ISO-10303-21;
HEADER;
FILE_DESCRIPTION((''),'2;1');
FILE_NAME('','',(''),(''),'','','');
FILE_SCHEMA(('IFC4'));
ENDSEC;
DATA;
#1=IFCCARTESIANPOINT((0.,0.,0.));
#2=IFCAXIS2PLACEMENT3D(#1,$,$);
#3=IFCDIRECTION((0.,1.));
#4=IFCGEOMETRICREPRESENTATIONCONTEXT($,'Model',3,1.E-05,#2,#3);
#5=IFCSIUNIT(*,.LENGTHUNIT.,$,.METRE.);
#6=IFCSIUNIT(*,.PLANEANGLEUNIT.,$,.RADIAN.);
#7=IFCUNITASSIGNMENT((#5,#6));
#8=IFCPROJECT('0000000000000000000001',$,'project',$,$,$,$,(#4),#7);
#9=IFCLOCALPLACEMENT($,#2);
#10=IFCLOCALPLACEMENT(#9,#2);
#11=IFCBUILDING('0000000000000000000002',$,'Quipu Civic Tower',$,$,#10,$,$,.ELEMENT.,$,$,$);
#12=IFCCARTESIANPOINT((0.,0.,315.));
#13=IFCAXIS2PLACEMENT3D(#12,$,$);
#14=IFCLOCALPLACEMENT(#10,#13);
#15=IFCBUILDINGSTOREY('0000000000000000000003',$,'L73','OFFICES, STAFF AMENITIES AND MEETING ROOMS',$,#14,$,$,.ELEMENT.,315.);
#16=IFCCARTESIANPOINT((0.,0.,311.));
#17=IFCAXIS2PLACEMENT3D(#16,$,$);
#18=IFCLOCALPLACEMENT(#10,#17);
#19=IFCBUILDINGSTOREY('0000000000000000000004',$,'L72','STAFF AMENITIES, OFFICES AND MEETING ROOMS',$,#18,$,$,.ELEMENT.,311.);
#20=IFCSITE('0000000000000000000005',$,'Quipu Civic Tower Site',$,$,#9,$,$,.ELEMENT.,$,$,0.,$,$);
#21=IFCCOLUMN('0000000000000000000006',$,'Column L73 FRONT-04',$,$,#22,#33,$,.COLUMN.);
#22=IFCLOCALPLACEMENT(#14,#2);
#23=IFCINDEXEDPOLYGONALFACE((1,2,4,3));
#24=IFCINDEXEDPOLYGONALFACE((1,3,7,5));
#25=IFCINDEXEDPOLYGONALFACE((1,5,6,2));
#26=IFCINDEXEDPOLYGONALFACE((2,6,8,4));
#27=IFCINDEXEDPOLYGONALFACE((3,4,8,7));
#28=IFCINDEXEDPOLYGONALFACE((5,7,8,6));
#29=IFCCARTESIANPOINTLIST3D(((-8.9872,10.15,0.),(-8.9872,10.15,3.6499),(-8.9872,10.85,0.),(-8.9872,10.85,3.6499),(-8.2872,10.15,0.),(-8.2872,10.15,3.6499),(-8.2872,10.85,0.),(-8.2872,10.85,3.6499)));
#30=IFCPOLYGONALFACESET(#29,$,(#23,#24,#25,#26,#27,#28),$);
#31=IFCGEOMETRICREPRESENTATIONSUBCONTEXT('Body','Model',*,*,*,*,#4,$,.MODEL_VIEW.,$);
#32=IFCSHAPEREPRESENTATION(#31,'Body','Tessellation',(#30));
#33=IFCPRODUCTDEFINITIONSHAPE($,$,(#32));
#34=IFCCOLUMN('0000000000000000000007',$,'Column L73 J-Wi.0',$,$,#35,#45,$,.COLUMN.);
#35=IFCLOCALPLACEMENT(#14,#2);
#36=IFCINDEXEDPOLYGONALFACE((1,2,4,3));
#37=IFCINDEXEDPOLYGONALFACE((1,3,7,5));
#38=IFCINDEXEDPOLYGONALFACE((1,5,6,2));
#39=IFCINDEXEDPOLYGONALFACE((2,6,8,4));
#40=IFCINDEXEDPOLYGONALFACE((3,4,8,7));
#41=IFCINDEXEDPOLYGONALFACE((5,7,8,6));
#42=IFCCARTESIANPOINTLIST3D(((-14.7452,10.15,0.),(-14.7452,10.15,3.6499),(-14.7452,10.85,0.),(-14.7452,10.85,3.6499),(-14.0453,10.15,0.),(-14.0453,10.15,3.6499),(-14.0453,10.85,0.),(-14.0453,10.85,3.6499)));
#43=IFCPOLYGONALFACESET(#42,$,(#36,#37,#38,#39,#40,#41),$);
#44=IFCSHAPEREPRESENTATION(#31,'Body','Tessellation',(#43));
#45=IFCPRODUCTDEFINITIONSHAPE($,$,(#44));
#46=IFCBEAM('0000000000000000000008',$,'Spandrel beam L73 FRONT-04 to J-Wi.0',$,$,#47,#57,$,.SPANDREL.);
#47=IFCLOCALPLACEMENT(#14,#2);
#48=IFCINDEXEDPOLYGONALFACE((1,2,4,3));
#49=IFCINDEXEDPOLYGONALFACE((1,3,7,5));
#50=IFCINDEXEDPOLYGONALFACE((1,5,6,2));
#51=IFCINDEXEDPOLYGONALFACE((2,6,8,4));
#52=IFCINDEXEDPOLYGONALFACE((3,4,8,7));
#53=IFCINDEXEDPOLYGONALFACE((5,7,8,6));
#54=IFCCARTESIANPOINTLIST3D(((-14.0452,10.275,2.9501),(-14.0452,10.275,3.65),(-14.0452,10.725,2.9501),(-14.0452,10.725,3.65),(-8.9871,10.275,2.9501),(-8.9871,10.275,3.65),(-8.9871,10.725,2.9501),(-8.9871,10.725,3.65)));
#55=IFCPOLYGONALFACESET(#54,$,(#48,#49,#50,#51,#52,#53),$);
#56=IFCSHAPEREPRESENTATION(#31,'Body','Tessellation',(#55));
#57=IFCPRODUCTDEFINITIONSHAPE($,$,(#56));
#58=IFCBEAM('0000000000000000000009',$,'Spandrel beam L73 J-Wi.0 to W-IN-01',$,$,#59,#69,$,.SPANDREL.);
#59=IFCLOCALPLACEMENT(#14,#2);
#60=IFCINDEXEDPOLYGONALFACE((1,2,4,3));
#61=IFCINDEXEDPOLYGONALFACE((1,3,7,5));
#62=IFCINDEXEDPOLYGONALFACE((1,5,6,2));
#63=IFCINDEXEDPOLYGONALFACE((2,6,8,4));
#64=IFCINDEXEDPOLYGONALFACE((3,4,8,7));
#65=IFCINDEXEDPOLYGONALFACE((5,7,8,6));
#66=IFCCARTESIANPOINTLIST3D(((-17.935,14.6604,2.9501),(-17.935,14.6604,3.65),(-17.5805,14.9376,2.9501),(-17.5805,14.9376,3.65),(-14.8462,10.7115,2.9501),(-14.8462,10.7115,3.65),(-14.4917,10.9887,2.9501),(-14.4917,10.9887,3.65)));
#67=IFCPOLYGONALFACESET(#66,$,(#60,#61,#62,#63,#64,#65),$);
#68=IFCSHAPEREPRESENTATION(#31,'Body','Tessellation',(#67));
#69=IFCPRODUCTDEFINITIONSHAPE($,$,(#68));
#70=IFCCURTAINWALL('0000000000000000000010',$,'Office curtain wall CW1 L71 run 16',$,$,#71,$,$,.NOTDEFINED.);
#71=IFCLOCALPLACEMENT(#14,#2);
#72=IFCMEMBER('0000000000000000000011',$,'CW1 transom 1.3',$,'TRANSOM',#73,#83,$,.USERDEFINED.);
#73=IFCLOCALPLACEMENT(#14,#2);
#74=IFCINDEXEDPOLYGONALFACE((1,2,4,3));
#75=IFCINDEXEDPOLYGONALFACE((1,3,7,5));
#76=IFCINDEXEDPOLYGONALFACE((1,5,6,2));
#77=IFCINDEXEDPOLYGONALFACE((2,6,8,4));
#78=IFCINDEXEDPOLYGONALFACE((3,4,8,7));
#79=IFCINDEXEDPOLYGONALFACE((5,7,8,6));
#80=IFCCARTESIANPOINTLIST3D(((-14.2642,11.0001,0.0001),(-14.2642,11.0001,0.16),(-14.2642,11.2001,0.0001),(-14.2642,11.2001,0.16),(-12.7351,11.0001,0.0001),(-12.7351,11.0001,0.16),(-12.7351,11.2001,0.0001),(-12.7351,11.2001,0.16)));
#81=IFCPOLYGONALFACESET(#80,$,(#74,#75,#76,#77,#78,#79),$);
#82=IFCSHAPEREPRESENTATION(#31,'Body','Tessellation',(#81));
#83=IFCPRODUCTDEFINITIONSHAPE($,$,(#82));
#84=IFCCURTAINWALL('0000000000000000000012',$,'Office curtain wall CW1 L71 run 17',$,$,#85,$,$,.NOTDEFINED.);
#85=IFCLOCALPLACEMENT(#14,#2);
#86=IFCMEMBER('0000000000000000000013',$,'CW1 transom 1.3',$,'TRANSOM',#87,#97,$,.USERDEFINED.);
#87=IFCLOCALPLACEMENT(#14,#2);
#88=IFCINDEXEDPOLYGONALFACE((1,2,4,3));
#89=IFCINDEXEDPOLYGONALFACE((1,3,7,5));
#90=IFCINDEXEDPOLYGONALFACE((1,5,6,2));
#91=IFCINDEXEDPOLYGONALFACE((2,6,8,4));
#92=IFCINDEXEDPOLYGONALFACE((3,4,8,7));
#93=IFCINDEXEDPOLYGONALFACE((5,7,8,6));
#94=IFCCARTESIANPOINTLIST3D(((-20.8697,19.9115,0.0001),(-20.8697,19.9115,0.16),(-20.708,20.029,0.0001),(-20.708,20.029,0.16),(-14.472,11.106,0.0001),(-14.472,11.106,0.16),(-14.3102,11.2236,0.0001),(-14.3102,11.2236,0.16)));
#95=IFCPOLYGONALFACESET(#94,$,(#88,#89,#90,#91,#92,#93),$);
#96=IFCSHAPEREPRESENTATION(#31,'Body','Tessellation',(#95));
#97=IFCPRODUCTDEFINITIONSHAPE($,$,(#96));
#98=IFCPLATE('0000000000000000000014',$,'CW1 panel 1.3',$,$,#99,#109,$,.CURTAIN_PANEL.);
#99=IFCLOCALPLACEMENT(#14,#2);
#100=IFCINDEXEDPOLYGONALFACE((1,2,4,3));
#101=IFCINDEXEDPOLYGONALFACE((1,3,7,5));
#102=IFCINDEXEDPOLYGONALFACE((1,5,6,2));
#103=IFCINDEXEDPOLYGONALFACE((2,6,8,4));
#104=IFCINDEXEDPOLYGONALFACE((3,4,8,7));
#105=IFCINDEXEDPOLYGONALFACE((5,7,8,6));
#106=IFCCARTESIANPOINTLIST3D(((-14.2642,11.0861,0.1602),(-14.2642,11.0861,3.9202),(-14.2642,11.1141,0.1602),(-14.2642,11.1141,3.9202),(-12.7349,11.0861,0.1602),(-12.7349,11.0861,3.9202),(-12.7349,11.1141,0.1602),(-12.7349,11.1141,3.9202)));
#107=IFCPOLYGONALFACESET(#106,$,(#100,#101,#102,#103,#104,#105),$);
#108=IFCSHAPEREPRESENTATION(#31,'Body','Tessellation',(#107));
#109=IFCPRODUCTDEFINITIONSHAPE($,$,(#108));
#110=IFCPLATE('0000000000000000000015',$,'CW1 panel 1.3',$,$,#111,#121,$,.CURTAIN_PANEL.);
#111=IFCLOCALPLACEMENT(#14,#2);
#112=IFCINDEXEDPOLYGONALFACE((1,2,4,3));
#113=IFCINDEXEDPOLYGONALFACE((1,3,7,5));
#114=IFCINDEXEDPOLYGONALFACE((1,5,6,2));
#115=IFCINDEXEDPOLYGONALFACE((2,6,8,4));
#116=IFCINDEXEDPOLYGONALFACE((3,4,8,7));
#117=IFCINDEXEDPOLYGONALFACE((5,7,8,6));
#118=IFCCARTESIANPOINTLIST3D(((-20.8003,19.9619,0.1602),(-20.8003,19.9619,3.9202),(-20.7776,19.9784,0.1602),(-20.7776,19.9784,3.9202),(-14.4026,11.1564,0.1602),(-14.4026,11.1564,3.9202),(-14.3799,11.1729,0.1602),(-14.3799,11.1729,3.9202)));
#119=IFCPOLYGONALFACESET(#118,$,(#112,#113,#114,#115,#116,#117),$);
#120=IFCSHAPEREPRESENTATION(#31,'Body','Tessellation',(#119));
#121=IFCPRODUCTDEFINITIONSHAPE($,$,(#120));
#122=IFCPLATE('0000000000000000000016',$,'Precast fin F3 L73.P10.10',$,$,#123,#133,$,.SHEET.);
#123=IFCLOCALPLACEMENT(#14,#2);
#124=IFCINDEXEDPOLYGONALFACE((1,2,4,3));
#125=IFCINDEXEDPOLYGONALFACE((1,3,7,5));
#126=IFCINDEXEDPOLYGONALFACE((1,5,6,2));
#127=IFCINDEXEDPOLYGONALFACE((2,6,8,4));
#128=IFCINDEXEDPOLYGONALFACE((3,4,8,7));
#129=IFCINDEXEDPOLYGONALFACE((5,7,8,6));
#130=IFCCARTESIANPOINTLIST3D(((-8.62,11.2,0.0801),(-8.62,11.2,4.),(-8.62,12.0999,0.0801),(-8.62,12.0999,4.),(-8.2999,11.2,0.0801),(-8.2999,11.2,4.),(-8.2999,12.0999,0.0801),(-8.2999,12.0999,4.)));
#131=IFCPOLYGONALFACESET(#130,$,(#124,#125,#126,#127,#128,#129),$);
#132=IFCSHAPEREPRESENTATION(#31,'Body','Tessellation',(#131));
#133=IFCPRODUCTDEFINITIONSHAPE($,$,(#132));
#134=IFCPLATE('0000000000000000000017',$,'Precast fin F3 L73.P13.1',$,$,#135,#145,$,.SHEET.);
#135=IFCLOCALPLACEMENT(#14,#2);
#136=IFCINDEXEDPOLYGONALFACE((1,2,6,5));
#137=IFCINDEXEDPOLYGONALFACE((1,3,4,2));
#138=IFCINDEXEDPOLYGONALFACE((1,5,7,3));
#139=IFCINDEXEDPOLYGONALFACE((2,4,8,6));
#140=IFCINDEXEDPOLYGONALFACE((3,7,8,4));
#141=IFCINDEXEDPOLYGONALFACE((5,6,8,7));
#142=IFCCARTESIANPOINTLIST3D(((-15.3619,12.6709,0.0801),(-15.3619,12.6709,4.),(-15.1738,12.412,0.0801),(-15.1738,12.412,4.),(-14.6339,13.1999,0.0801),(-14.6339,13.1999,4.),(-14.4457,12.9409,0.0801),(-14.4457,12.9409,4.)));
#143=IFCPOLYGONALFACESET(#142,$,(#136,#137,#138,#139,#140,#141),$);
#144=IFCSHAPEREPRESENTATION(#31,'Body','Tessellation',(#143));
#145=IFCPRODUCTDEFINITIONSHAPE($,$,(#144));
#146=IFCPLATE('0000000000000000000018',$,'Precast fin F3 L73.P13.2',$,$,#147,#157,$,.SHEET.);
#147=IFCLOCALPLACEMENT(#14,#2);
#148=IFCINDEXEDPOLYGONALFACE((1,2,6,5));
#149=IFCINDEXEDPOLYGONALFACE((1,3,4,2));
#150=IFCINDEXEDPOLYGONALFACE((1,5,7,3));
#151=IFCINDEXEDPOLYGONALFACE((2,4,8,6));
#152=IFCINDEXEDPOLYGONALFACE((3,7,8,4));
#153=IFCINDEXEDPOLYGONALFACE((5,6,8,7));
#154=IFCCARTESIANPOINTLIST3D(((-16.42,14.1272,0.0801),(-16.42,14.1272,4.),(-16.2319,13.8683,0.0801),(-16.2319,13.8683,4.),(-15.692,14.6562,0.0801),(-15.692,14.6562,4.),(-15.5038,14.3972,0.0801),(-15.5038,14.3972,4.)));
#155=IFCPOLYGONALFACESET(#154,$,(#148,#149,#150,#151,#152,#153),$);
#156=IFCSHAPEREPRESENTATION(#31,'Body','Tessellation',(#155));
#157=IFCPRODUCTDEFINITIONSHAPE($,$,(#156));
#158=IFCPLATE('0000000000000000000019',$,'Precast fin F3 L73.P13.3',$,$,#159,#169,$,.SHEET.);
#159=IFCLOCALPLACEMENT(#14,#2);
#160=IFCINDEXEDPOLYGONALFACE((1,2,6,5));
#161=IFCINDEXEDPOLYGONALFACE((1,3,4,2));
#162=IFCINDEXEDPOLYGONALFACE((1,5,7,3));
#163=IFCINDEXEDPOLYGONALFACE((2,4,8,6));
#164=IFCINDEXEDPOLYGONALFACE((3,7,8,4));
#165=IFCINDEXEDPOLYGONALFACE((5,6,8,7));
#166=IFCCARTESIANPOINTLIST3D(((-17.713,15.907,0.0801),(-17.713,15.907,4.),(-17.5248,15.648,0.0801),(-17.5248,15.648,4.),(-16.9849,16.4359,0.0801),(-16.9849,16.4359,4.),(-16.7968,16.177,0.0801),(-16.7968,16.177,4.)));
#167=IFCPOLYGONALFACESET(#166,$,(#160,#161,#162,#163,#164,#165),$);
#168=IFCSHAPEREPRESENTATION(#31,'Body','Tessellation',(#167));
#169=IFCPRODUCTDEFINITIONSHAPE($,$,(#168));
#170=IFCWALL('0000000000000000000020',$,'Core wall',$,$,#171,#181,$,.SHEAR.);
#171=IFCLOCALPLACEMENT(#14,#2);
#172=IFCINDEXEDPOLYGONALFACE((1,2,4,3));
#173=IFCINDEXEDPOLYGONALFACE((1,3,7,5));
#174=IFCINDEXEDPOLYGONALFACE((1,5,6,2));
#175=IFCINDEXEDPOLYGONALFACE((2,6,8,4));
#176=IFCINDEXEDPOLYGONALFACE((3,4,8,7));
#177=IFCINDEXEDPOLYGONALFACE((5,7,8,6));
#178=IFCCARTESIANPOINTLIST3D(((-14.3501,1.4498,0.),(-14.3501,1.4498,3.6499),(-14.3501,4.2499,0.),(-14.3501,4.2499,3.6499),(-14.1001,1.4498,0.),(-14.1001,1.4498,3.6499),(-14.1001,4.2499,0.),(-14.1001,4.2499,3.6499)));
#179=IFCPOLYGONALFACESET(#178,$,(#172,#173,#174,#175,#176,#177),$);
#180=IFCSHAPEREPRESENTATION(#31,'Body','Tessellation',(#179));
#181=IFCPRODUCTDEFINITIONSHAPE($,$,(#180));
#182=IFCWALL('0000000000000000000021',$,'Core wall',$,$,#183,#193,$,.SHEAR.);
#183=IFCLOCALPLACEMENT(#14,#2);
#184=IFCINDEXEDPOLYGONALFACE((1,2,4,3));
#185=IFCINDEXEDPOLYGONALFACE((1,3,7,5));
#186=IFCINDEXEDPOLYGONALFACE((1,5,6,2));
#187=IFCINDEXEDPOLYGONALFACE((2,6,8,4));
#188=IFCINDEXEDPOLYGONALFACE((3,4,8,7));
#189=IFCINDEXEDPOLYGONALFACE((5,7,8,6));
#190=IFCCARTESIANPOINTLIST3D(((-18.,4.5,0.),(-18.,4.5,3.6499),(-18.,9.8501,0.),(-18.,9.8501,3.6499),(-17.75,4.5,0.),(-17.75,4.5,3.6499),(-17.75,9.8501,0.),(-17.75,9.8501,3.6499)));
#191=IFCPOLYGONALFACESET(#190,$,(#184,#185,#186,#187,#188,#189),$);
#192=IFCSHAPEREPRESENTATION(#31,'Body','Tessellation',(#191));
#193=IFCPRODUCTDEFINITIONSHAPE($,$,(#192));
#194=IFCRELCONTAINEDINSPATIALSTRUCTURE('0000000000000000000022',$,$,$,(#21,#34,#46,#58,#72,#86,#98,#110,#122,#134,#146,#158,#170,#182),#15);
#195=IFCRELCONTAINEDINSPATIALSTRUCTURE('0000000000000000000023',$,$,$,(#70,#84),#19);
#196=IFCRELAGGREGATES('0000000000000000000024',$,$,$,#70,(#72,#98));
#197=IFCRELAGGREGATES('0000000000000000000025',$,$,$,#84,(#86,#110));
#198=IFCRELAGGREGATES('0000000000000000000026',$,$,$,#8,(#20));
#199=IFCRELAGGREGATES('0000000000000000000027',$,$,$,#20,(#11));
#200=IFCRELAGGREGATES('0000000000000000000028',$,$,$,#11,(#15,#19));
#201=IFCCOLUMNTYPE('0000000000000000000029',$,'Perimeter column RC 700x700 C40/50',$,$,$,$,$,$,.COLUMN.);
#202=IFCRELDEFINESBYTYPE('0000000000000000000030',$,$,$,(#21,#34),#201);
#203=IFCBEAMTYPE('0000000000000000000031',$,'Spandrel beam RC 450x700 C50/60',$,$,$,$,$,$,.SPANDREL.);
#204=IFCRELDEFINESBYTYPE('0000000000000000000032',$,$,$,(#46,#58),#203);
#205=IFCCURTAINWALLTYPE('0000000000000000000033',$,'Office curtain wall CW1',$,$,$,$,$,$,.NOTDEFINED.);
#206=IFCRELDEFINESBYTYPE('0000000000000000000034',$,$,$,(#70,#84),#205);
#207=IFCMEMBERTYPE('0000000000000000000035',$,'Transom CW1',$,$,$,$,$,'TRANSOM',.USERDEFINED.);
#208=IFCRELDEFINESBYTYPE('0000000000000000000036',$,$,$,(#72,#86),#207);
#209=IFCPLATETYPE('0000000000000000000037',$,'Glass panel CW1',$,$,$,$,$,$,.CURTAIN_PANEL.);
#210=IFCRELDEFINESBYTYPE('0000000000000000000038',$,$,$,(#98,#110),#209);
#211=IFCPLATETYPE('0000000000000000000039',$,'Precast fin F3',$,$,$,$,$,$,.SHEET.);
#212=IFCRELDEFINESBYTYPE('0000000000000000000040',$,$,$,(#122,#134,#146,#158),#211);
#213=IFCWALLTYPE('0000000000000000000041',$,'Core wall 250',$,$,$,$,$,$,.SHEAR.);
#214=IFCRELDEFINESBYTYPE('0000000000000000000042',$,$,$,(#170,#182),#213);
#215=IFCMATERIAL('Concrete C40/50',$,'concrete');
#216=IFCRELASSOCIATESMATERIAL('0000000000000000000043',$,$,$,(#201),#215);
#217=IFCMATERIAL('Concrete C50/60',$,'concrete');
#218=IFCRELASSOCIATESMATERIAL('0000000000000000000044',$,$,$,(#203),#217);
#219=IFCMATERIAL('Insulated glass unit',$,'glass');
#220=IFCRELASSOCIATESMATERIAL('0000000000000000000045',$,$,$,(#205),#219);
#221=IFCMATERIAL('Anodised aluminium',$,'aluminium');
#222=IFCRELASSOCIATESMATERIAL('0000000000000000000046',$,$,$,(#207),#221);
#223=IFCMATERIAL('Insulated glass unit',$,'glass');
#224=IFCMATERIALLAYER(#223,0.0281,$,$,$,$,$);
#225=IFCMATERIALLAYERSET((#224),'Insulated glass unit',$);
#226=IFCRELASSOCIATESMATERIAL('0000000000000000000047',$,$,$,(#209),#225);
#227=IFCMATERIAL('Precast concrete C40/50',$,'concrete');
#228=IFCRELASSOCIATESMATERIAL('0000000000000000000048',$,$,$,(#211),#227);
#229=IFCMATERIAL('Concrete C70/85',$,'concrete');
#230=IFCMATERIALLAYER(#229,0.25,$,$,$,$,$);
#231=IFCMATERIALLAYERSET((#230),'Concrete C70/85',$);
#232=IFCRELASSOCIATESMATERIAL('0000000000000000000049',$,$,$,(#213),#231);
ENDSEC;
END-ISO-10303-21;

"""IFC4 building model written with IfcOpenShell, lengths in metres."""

from ifc_helpers import new_model, si_unit, direction, frame, frame_2d, origin, origin_2d, place, context, subcontext, project, spatial, rectangle, extrude, material, layer, layer_set, material_profile, profile_set, type_object, element, aggregate, save


model = new_model("IFC4")

# Units and contexts
model_context = context("Model", 3, precision=1e-05, world=origin(), true_north=direction((0.0, 1.0)))
body_context = subcontext(model_context, "Body", "Model", "MODEL_VIEW")
ifc_project = project(units=[si_unit("LENGTHUNIT", "METRE"), si_unit("PLANEANGLEUNIT", "RADIAN")], contexts=[model_context])

# Site, building, storey
site_placement = place(None, origin())
site = spatial("IfcSite", under=ifc_project, at=site_placement, Name="Quipu Civic Tower Site", CompositionType="ELEMENT", RefElevation=0.0)
building_placement = place(site_placement, origin())
building = spatial("IfcBuilding", under=site, at=building_placement, Name="Quipu Civic Tower", CompositionType="ELEMENT")
storey_1_placement = place(building_placement, frame((0.0, 0.0, 315.0)))
storey_1 = spatial("IfcBuildingStorey", under=building, at=storey_1_placement, Name="L73", Description="OFFICES, STAFF AMENITIES AND MEETING ROOMS", CompositionType="ELEMENT", Elevation=315.0)

# Columns
ifc_material_1 = material(Name="Concrete C40/50", Category="concrete")
ifc_material_profile_1 = material_profile(ifc_material_1, rectangle(XDim=0.7, YDim=0.7, at=origin_2d()), Name="RC700x700")
ifc_profile_set_1 = profile_set([ifc_material_profile_1], Name="Concrete C40/50")
column_type = type_object("IfcColumnType", Name="Perimeter column RC 700x700 C40/50", PredefinedType="COLUMN", material=ifc_profile_set_1)
for number, where, z_axis, x_axis, name in (
    (1, (-8.6372, 10.5, 0.0), (0.0, 0.0, 1.0), (-1.0, 0.0, 0.0), "Column L73 FRONT-04"),
    (2, (-14.3953, 10.5, 0.0), (0.0, 0.0, 1.0), (-1.0, 0.0, 0.0), "Column L73 J-Wi.0"),
):
    element("IfcColumn", number, at=place(storey_1_placement, frame(where, z_axis=z_axis, x_axis=x_axis)), inside=storey_1, type_object=column_type, Name=name, PredefinedType="COLUMN", context=body_context, shape_type="SweptSolid", body=[
        extrude(rectangle(XDim=0.7, YDim=0.7, at=origin_2d()), origin(), (0.0, 0.0, 1.0), 3.6499),
    ])

# Beams
ifc_material_2 = material(Name="Concrete C50/60", Category="concrete")
ifc_material_profile_2 = material_profile(ifc_material_2, rectangle(XDim=0.45, YDim=0.7, at=origin_2d()), Name="RC450x700")
ifc_profile_set_2 = profile_set([ifc_material_profile_2], Name="Concrete C50/60")
beam_type = type_object("IfcBeamType", Name="Spandrel beam RC 450x700 C50/60", PredefinedType="SPANDREL", material=ifc_profile_set_2)
beam_1_placement = place(storey_1_placement, frame((-8.9871, 10.5, 3.3), z_axis=(-1.0, 0.0, 0.0), x_axis=(0.0, -1.0, 0.0)))
element("IfcBeam", 3, at=beam_1_placement, inside=storey_1, type_object=beam_type, Name="Spandrel beam L73 FRONT-04 to J-Wi.0", PredefinedType="SPANDREL", context=body_context, shape_type="SweptSolid", body=[
    extrude(rectangle(XDim=0.45, YDim=0.7, at=origin_2d()), origin(), (0.0, 0.0, 1.0), 5.0581),
])
beam_2_placement = place(storey_1_placement, frame((-14.6689, 10.8501, 3.3), z_axis=(-0.616106, 0.787663, 0.0), x_axis=(-0.787663, -0.616106, 0.0)))
element("IfcBeam", 4, at=beam_2_placement, inside=storey_1, type_object=beam_type, Name="Spandrel beam L73 J-Wi.0 to W-IN-01", PredefinedType="SPANDREL", context=body_context, shape_type="SweptSolid", body=[
    extrude(rectangle(XDim=0.45, YDim=0.7, at=origin_2d()), origin(), (0.0, 0.0, 1.0), 5.0134),
])

# Shared definitions
storey_2_placement = place(building_placement, frame((0.0, 0.0, 311.0)))
storey_2 = spatial("IfcBuildingStorey", under=building, at=storey_2_placement, Name="L72", Description="STAFF AMENITIES, OFFICES AND MEETING ROOMS", CompositionType="ELEMENT", Elevation=311.0)

# Curtain walls, members
ifc_material_3 = material(Name="Insulated glass unit", Category="glass")
curtain_wall_type = type_object("IfcCurtainWallType", Name="Office curtain wall CW1", PredefinedType="NOTDEFINED", material=ifc_material_3)
curtain_wall_1_placement = place(storey_2_placement, origin())
curtain_wall_1 = element("IfcCurtainWall", 5, at=curtain_wall_1_placement, inside=storey_2, type_object=curtain_wall_type, Name="Office curtain wall CW1 L71 run 16", PredefinedType="NOTDEFINED")
ifc_material_4 = material(Name="Anodised aluminium", Category="aluminium")
ifc_material_profile_3 = material_profile(ifc_material_4, rectangle(XDim=0.2, YDim=0.1599, at=origin_2d()), Name="RECT 200x160")
ifc_profile_set_3 = profile_set([ifc_material_profile_3], Name="Anodised aluminium")
member_type = type_object("IfcMemberType", Name="Transom CW1", ElementType="TRANSOM", PredefinedType="USERDEFINED", material=ifc_profile_set_3)
member_1_placement = place(storey_1_placement, frame((-12.7351, 11.1001, 0.0801), z_axis=(-1.0, 0.0, 0.0), x_axis=(0.0, -1.0, 0.0)))
member_1 = element("IfcMember", 6, at=member_1_placement, inside=storey_1, type_object=member_type, Name="CW1 transom 1.3", ObjectType="TRANSOM", PredefinedType="USERDEFINED", context=body_context, shape_type="SweptSolid", body=[
    extrude(rectangle(XDim=0.2, YDim=0.1599, at=origin_2d()), origin(), (0.0, 0.0, 1.0), 1.5291),
])
curtain_wall_2_placement = place(storey_2_placement, origin())
curtain_wall_2 = element("IfcCurtainWall", 7, at=curtain_wall_2_placement, inside=storey_2, type_object=curtain_wall_type, Name="Office curtain wall CW1 L71 run 17", PredefinedType="NOTDEFINED")
member_2_placement = place(storey_1_placement, frame((-14.3911, 11.1648, 0.0801), z_axis=(-0.587797, 0.809009, 0.0), x_axis=(-0.809009, -0.587797, 0.0)))
member_2 = element("IfcMember", 8, at=member_2_placement, inside=storey_1, type_object=member_type, Name="CW1 transom 1.3", ObjectType="TRANSOM", PredefinedType="USERDEFINED", context=body_context, shape_type="SweptSolid", body=[
    extrude(rectangle(XDim=0.2, YDim=0.1599, at=origin_2d()), origin(), (0.0, 0.0, 1.0), 10.8843),
])

# Plates
ifc_material_5 = material(Name="Insulated glass unit", Category="glass")
ifc_layer_1 = layer(ifc_material_5, 0.0281)
ifc_layer_set_1 = layer_set([ifc_layer_1], Name="Insulated glass unit")
plate_type_1 = type_object("IfcPlateType", Name="Glass panel CW1", PredefinedType="CURTAIN_PANEL", material=ifc_layer_set_1)
plate_1_placement = place(storey_1_placement, frame((-13.4995, 11.1001, 0.1602), z_axis=(0.0, 0.0, 1.0), x_axis=(-1.0, 0.0, 0.0)))
plate_1 = element("IfcPlate", 9, at=plate_1_placement, inside=storey_1, type_object=plate_type_1, Name="CW1 panel 1.3", PredefinedType="CURTAIN_PANEL", context=body_context, shape_type="SweptSolid", body=[
    extrude(rectangle(XDim=1.5293, YDim=0.0281, at=origin_2d()), origin(), (0.0, 0.0, 1.0), 3.76),
])
aggregate(curtain_wall_1, [member_1, plate_1])
plate_2_placement = place(storey_1_placement, frame((-17.5901, 15.5674, 0.1602), z_axis=(0.0, 0.0, 1.0), x_axis=(-0.587788, 0.809015, 0.0)))
plate_2 = element("IfcPlate", 10, at=plate_2_placement, inside=storey_1, type_object=plate_type_1, Name="CW1 panel 1.3", PredefinedType="CURTAIN_PANEL", context=body_context, shape_type="SweptSolid", body=[
    extrude(rectangle(XDim=10.8843, YDim=0.0281, at=origin_2d()), origin(), (0.0, 0.0, 1.0), 3.76),
])
aggregate(curtain_wall_2, [member_2, plate_2])

# Plates
ifc_material_6 = material(Name="Precast concrete C40/50", Category="concrete")
plate_type_2 = type_object("IfcPlateType", Name="Precast fin F3", PredefinedType="SHEET", material=ifc_material_6)
for number, where, z_axis, x_axis, name in (
    (11, (-8.46, 11.6499, 0.0801), (0.0, 0.0, 1.0), (-1.0, 0.0, 0.0), "Precast fin F3 L73.P10.10"),
    (12, (-14.9038, 12.8059, 0.0801), (0.0, 0.0, 1.0), (-0.587784, 0.809018, 0.0), "Precast fin F3 L73.P13.1"),
    (13, (-15.9619, 14.2622, 0.0801), (0.0, 0.0, 1.0), (-0.587784, 0.809018, 0.0), "Precast fin F3 L73.P13.2"),
    (14, (-17.2549, 16.042, 0.0801), (0.0, 0.0, 1.0), (-0.587784, 0.809018, 0.0), "Precast fin F3 L73.P13.3"),
):
    element("IfcPlate", number, at=place(storey_1_placement, frame(where, z_axis=z_axis, x_axis=x_axis)), inside=storey_1, type_object=plate_type_2, Name=name, PredefinedType="SHEET", context=body_context, shape_type="SweptSolid", body=[
        extrude(rectangle(XDim=0.3201, YDim=0.8999, at=origin_2d()), origin(), (0.0, 0.0, 1.0), 3.9199),
    ])

# Walls
ifc_material_7 = material(Name="Concrete C70/85", Category="concrete")
ifc_layer_2 = layer(ifc_material_7, 0.25)
ifc_layer_set_2 = layer_set([ifc_layer_2], Name="Concrete C70/85")
wall_type_1 = type_object("IfcWallType", Name="Core wall 250", PredefinedType="SHEAR", material=ifc_layer_set_2)
wall_1_placement = place(storey_1_placement, frame((-14.2251, 1.45, 0.0), z_axis=(0.0, 0.0, 1.0), x_axis=(0.0, 1.0, 0.0)))
element("IfcWall", 15, at=wall_1_placement, inside=storey_1, type_object=wall_type_1, Name="Core wall", PredefinedType="SHEAR", context=body_context, shape_type="SweptSolid", body=[
    extrude(rectangle(XDim=2.8, YDim=0.25, at=frame_2d((1.3999, 0.0))), origin(), (0.0, 0.0, 1.0), 3.6499),
])
for number, where, z_axis, x_axis, name in (
    (16, (-17.875, 4.5, 0.0), (0.0, 0.0, 1.0), (0.0, 1.0, 0.0), "Core wall"),
):
    element("IfcWall", number, at=place(storey_1_placement, frame(where, z_axis=z_axis, x_axis=x_axis)), inside=storey_1, type_object=wall_type_1, Name=name, PredefinedType="SHEAR", context=body_context, shape_type="SweptSolid", body=[
        extrude(rectangle(XDim=5.3501, YDim=0.25, at=frame_2d((2.675, 0.0))), origin(), (0.0, 0.0, 1.0), 3.6499),
    ])

save(model, "model.ifc")
